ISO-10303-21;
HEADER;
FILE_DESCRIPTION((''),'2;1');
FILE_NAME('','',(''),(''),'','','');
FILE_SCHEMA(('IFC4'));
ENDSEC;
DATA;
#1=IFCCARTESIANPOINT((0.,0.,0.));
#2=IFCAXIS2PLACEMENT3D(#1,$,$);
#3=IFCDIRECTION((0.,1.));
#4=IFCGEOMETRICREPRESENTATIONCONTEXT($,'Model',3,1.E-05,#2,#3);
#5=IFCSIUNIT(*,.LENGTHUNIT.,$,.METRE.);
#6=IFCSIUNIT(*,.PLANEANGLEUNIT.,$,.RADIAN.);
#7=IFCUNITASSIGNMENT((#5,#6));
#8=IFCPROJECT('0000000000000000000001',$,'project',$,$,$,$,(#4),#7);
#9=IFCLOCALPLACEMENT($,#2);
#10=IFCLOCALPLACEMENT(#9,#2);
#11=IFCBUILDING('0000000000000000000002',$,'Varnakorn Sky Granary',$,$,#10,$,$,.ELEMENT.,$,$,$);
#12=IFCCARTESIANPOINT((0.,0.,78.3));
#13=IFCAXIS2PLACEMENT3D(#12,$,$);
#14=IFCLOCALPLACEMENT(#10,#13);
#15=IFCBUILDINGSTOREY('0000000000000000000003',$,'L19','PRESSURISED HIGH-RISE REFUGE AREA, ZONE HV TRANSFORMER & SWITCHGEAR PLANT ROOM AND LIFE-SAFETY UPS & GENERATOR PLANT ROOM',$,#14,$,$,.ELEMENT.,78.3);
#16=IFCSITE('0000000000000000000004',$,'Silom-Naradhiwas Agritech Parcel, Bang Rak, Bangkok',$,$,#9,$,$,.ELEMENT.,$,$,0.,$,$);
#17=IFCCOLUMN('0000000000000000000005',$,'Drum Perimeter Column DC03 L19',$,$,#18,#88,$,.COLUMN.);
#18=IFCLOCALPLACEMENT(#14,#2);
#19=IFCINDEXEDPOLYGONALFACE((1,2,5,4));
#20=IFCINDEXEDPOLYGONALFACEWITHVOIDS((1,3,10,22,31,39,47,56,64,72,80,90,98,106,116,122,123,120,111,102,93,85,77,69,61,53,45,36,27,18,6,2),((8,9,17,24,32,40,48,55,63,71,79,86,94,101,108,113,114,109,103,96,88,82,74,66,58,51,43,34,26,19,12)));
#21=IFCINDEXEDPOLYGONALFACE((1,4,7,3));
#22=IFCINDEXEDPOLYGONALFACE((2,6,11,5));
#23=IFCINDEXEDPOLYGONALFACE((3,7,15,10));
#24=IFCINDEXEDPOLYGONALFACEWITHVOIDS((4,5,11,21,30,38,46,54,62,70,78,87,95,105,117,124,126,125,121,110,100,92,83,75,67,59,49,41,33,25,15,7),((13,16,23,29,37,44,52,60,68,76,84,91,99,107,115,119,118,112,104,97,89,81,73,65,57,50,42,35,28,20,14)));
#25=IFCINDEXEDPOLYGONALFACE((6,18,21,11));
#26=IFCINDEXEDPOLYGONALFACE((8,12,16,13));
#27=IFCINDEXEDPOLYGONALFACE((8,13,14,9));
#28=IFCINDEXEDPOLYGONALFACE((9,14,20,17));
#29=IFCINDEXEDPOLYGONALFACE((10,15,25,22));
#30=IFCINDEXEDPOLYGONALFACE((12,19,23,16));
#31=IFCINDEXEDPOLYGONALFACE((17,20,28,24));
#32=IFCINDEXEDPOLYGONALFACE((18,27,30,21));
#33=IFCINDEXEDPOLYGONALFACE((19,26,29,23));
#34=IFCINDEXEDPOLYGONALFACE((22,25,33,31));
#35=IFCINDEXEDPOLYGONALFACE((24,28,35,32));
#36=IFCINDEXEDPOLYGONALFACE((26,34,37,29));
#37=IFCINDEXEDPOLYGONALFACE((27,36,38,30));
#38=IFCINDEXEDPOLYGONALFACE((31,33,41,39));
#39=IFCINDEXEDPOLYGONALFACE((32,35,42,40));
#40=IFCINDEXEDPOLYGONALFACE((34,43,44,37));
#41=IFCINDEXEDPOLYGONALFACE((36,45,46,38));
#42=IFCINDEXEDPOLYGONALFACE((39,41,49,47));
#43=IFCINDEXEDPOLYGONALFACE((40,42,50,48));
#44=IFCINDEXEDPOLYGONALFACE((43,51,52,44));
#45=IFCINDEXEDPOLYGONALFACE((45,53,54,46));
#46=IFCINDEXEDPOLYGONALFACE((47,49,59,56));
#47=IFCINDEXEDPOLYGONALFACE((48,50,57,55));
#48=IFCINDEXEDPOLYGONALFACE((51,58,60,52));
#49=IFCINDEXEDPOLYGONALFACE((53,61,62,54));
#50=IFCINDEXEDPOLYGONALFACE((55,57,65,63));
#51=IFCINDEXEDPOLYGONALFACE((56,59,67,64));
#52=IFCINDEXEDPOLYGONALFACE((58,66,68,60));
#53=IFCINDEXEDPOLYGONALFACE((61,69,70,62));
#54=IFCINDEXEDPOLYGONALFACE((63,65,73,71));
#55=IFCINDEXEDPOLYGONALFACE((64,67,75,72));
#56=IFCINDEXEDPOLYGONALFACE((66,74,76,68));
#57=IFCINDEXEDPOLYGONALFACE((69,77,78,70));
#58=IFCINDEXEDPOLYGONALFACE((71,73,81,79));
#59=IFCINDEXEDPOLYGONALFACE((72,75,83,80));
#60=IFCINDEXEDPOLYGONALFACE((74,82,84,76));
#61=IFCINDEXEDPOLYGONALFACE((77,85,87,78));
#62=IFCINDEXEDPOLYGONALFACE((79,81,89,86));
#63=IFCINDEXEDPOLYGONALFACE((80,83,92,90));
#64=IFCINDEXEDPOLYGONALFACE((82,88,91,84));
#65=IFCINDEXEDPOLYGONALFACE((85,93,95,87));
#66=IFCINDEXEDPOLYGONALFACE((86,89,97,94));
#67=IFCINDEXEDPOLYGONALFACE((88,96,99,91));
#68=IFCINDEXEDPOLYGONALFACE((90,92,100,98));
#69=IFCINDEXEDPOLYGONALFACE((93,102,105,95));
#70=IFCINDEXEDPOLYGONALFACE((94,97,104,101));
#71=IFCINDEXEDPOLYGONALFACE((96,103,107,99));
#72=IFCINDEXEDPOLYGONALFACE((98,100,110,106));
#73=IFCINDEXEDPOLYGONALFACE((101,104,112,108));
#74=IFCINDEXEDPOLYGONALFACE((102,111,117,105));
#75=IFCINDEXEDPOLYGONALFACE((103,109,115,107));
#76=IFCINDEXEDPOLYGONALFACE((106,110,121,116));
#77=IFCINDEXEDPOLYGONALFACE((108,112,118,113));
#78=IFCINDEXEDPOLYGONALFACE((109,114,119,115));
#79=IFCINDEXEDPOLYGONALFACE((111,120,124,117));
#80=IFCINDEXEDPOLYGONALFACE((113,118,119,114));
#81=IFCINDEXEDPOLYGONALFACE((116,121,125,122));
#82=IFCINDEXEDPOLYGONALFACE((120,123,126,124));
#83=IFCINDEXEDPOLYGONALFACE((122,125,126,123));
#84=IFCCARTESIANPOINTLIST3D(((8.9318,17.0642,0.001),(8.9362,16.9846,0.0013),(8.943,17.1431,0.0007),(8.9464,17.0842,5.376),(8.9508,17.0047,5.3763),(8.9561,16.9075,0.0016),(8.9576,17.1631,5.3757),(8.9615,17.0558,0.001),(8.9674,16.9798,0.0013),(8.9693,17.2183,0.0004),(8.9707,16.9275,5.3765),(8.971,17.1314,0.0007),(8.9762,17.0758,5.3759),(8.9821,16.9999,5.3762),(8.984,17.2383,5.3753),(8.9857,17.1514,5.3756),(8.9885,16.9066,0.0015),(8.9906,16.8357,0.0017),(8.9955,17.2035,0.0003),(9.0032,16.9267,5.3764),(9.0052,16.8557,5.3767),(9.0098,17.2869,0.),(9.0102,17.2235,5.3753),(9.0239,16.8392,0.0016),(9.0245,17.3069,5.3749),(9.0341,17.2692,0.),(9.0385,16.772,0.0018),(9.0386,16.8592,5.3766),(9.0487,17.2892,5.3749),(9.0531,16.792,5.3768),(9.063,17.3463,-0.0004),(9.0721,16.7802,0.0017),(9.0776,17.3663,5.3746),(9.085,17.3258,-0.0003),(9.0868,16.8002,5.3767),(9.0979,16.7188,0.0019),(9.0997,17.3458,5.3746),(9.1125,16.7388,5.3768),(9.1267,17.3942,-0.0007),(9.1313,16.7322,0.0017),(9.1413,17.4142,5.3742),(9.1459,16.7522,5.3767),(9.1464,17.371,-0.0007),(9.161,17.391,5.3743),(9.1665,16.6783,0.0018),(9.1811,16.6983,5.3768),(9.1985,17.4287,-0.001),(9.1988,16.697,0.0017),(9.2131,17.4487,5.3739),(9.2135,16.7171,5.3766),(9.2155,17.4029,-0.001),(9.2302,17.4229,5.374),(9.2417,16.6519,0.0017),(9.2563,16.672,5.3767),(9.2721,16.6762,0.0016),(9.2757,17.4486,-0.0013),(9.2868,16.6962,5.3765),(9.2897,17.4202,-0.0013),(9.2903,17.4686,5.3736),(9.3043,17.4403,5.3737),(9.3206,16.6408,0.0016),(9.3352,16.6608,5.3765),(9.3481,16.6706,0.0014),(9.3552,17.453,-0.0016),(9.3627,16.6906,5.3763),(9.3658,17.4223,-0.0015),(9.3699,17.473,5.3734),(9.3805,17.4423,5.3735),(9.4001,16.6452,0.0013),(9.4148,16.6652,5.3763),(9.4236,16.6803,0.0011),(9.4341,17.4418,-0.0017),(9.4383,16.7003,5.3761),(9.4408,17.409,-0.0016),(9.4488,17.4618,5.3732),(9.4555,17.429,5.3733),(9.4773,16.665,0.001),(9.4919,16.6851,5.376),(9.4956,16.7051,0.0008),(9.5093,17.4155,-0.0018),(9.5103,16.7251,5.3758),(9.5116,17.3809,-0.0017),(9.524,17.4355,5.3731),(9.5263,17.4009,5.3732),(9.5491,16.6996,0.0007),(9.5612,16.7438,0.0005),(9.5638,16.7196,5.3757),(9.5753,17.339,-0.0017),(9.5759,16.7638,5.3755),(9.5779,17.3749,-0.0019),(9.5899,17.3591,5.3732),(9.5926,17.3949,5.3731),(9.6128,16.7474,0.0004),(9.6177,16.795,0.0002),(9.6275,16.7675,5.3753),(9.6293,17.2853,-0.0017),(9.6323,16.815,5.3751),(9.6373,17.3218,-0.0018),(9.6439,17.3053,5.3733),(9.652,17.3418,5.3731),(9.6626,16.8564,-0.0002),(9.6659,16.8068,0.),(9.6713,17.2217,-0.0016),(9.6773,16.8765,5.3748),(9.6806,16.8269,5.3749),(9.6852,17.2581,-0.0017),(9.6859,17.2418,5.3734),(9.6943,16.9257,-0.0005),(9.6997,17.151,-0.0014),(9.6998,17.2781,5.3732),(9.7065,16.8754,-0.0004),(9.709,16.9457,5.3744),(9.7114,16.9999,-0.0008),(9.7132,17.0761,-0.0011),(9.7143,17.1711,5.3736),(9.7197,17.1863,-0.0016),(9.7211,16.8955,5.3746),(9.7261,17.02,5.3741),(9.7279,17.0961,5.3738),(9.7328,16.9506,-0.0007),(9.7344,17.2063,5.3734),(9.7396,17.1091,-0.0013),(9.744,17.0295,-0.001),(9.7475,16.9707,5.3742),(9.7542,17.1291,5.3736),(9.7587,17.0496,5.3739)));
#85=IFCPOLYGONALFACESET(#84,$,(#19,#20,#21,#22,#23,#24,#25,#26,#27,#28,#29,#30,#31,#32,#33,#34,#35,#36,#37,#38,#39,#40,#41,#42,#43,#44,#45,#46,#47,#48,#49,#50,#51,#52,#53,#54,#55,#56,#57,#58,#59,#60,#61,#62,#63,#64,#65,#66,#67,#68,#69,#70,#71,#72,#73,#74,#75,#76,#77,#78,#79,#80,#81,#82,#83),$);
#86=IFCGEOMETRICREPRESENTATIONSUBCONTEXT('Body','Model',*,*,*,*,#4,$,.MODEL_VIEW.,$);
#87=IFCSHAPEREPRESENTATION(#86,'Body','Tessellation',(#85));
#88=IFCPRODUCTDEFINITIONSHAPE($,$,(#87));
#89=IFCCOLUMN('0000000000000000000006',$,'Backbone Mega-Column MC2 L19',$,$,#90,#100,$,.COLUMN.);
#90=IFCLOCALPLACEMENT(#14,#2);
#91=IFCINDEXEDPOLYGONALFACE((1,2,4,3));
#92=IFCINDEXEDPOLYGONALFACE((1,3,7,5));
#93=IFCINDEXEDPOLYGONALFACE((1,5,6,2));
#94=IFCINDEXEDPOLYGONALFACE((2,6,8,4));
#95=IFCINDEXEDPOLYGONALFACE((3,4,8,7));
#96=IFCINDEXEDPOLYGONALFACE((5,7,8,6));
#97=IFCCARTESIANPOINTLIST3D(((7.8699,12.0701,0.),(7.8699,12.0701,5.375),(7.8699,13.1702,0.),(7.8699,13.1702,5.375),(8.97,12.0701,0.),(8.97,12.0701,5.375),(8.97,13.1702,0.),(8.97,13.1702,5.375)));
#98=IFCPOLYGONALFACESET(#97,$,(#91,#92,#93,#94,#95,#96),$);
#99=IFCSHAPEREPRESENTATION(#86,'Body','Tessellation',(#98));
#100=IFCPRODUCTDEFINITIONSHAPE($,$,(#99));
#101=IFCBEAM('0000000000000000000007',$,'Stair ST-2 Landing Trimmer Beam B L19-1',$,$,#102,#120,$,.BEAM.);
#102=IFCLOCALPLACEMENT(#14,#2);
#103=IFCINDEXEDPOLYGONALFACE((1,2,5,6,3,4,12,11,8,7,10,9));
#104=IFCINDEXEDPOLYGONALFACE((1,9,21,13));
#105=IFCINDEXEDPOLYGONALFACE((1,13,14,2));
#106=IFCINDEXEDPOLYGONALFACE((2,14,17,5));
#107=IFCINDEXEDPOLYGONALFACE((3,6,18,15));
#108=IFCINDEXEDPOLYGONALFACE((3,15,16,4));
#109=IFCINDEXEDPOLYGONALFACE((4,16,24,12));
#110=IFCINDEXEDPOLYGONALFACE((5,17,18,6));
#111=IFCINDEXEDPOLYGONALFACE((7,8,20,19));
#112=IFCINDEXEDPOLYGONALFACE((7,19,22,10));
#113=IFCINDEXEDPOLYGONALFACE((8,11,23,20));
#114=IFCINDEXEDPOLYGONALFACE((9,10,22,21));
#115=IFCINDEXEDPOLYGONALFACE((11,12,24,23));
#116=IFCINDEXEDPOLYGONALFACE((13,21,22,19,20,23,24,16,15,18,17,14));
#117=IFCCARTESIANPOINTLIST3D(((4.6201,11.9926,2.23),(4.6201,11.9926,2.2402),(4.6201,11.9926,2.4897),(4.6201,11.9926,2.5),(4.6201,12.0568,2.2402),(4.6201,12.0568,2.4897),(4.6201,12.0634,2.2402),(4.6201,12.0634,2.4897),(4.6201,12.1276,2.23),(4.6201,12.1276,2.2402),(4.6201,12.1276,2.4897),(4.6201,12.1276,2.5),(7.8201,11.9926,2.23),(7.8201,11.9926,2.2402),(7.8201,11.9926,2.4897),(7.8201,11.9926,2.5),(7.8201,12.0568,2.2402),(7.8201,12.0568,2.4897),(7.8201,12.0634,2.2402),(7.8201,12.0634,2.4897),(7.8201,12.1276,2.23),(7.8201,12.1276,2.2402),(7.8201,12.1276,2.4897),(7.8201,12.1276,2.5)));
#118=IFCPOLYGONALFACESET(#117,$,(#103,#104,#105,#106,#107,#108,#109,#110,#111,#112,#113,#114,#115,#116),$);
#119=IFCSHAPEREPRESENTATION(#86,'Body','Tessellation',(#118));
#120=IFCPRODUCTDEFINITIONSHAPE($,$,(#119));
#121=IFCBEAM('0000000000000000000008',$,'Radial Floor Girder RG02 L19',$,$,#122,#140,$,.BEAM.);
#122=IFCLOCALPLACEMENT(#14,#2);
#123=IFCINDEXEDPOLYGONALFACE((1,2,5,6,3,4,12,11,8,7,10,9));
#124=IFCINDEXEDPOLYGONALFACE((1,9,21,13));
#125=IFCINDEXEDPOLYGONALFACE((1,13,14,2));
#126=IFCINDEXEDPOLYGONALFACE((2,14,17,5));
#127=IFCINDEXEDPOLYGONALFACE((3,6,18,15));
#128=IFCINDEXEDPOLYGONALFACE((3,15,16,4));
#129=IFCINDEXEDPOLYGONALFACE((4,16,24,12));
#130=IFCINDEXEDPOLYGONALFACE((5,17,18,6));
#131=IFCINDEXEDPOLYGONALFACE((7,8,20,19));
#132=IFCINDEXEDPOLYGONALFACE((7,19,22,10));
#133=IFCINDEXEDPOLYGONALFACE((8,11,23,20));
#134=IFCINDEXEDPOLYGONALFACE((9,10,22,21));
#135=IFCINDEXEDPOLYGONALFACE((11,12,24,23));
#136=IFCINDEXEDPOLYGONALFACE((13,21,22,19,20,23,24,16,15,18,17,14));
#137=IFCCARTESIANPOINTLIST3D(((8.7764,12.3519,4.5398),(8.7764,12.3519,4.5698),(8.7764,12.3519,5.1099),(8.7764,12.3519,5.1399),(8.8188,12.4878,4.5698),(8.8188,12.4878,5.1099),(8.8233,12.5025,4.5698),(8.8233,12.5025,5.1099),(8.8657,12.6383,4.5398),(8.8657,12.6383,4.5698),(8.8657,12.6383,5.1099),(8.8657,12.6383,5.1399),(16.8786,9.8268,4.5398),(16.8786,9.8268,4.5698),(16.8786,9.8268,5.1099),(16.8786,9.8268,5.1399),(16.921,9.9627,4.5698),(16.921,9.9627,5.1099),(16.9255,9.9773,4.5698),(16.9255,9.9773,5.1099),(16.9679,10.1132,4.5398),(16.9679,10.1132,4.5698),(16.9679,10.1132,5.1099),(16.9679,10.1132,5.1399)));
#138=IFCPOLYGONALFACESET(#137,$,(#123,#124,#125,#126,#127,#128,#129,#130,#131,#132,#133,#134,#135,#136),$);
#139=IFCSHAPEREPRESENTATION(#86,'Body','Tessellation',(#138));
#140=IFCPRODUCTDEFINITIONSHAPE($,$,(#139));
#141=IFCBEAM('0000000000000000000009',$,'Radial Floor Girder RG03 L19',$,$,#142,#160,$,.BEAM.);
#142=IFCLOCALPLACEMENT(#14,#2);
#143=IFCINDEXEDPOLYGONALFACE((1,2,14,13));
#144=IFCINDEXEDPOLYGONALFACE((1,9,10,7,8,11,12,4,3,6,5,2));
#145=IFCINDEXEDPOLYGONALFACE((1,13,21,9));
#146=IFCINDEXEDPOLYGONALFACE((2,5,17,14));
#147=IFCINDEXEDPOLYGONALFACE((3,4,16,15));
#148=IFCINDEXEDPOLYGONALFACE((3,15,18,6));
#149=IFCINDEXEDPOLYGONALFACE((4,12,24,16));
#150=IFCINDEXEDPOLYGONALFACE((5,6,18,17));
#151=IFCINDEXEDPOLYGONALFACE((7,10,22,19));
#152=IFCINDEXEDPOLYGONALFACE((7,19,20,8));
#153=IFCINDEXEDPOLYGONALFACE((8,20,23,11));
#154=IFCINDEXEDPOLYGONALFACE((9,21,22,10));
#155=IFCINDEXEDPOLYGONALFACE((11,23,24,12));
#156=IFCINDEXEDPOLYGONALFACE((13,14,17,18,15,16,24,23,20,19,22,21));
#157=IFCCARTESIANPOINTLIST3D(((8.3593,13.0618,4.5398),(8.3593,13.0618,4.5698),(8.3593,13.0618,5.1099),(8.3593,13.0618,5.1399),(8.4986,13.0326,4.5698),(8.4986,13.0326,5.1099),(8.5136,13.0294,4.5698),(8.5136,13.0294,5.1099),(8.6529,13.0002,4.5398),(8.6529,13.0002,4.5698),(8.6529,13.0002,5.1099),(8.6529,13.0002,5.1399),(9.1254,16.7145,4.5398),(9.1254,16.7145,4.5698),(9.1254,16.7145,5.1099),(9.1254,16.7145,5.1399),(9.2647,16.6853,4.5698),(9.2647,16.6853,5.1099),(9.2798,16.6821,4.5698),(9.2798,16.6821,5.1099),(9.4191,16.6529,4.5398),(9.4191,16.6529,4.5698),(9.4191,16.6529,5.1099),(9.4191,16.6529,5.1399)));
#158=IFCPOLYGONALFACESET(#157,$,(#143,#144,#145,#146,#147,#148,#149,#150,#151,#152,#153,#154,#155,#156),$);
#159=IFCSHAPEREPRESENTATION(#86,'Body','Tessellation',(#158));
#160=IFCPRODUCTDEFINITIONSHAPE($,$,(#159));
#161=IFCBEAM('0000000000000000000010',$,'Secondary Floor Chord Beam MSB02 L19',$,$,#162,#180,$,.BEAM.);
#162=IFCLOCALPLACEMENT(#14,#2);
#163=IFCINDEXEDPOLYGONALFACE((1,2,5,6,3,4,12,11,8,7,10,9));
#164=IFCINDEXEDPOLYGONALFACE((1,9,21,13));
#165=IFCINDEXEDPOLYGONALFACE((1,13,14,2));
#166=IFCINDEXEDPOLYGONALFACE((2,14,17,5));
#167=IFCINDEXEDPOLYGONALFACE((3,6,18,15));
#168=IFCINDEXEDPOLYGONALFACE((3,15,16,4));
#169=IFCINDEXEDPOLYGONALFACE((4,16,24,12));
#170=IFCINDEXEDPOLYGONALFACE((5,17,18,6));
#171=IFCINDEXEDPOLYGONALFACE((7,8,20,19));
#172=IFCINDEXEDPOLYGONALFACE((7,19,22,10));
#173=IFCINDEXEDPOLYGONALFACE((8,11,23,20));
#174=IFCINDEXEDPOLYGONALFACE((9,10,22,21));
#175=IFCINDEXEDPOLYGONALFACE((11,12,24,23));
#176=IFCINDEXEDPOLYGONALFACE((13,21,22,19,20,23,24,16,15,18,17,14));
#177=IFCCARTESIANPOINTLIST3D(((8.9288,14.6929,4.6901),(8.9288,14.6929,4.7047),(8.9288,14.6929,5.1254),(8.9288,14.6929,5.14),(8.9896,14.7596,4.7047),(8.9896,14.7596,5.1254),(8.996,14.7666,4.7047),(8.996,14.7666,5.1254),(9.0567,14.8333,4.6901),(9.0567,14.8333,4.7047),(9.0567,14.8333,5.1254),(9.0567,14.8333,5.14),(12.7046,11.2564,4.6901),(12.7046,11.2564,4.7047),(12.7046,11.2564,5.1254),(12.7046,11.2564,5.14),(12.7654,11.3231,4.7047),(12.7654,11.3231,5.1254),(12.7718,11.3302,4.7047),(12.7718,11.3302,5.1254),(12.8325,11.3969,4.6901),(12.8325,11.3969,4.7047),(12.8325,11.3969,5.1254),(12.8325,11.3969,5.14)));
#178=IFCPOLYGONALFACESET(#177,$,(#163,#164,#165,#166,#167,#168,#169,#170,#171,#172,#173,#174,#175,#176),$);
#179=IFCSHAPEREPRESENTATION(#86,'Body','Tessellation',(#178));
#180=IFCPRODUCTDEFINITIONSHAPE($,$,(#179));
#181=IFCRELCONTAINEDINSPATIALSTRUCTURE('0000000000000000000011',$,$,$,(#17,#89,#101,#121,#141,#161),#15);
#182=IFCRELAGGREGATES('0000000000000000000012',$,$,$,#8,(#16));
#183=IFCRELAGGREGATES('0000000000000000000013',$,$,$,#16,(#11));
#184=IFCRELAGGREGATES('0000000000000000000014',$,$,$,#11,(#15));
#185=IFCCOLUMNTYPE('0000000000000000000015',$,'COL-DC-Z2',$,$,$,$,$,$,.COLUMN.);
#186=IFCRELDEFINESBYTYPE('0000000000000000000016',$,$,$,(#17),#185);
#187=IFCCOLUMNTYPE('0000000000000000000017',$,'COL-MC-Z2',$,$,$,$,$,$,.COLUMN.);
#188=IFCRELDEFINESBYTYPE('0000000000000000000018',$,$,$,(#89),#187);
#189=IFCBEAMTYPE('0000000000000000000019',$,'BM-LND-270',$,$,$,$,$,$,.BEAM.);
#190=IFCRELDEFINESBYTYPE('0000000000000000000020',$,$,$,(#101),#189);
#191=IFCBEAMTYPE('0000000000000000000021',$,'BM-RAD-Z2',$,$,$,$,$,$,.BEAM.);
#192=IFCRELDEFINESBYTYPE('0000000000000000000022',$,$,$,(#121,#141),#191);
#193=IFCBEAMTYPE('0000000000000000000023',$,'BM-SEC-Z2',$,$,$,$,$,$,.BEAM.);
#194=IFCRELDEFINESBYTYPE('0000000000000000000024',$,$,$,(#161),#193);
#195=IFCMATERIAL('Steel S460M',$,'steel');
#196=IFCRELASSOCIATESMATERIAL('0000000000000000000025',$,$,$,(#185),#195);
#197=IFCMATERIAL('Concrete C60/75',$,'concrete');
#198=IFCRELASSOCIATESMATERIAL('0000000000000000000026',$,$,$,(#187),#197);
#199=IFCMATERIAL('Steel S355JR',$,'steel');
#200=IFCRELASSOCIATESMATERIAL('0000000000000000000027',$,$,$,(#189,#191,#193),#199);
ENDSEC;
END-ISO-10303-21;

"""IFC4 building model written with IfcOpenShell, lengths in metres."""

from ifc_helpers import new_model, si_unit, direction, frame, origin, origin_2d, place, context, subcontext, project, spatial, rectangle, hollow_circle, i_section, extrude, material, material_profile, profile_set, type_object, element, save


model = new_model("IFC4")

# Units and contexts
model_context = context("Model", 3, precision=1e-05, world=origin(), true_north=direction((0.0, 1.0)))
body_context = subcontext(model_context, "Body", "Model", "MODEL_VIEW")
ifc_project = project(units=[si_unit("LENGTHUNIT", "METRE"), si_unit("PLANEANGLEUNIT", "RADIAN")], contexts=[model_context])

# Site, building, storey
site_placement = place(None, origin())
site = spatial("IfcSite", under=ifc_project, at=site_placement, Name="Silom-Naradhiwas Agritech Parcel, Bang Rak, Bangkok", CompositionType="ELEMENT", RefElevation=0.0)
building_placement = place(site_placement, origin())
building = spatial("IfcBuilding", under=site, at=building_placement, Name="Varnakorn Sky Granary", CompositionType="ELEMENT")
storey_placement = place(building_placement, frame((0.0, 0.0, 78.3)))
storey = spatial("IfcBuildingStorey", under=building, at=storey_placement, Name="L19", Description="PRESSURISED HIGH-RISE REFUGE AREA, ZONE HV TRANSFORMER & SWITCHGEAR PLANT ROOM AND LIFE-SAFETY UPS & GENERATOR PLANT ROOM", CompositionType="ELEMENT", Elevation=78.3)

# Columns
ifc_material_1 = material(Name="Steel S460M", Category="steel")
ifc_material_profile_1 = material_profile(ifc_material_1, hollow_circle(Radius=0.4065, WallThickness=0.03, at=origin_2d()), Name="CHS 813x30")
ifc_profile_set_1 = profile_set([ifc_material_profile_1], Name="Steel S460M")
column_type_1 = type_object("IfcColumnType", Name="COL-DC-Z2", PredefinedType="COLUMN", material=ifc_profile_set_1)
column_1_placement = place(storey_placement, frame((9.3379, 17.0469, 0.0), z_axis=(0.002725, 0.003725, 0.999989), x_axis=(-0.80703, 0.59051, 0.0)))
element("IfcColumn", 1, at=column_1_placement, inside=storey, type_object=column_type_1, Name="Drum Perimeter Column DC03 L19", PredefinedType="COLUMN", context=body_context, shape_type="SweptSolid", body=[
    extrude(hollow_circle(Radius=0.4065, WallThickness=0.03, at=origin_2d()), origin(), (0.0, 0.0, 1.0), 5.375),
])
ifc_material_2 = material(Name="Concrete C60/75", Category="concrete")
ifc_material_profile_2 = material_profile(ifc_material_2, rectangle(XDim=1.1001, YDim=1.1001, at=origin_2d()), Name="RC 1100x1100")
ifc_profile_set_2 = profile_set([ifc_material_profile_2], Name="Concrete C60/75")
column_type_2 = type_object("IfcColumnType", Name="COL-MC-Z2", PredefinedType="COLUMN", material=ifc_profile_set_2)
column_2_placement = place(storey_placement, frame((8.4199, 12.6201, 0.0), z_axis=(0.0, 0.0, 1.0), x_axis=(1.0, 0.0, 0.0)))
element("IfcColumn", 2, at=column_2_placement, inside=storey, type_object=column_type_2, Name="Backbone Mega-Column MC2 L19", PredefinedType="COLUMN", context=body_context, shape_type="SweptSolid", body=[
    extrude(rectangle(XDim=1.1001, YDim=1.1001, at=origin_2d()), origin(), (0.0, 0.0, 1.0), 5.375),
])

# Beams
ifc_material_3 = material(Name="Steel S355JR", Category="steel")
ifc_material_profile_3 = material_profile(ifc_material_3, i_section(OverallWidth=0.135, OverallDepth=0.27, WebThickness=0.0066, FlangeThickness=0.0103, at=origin_2d()), Name="IPE 270")
ifc_profile_set_3 = profile_set([ifc_material_profile_3], Name="Steel S355JR")
beam_type_1 = type_object("IfcBeamType", Name="BM-LND-270", PredefinedType="BEAM", material=ifc_profile_set_3)
beam_1_placement = place(storey_placement, frame((4.6201, 12.0601, 2.365), z_axis=(1.0, 0.0, 0.0), x_axis=(0.0, 1.0, 0.0)))
element("IfcBeam", 3, at=beam_1_placement, inside=storey, type_object=beam_type_1, Name="Stair ST-2 Landing Trimmer Beam B L19-1", PredefinedType="BEAM", context=body_context, shape_type="SweptSolid", body=[
    extrude(i_section(OverallWidth=0.135, OverallDepth=0.27, WebThickness=0.0066, FlangeThickness=0.0103, at=origin_2d()), origin(), (0.0, 0.0, 1.0), 3.2),
])
ifc_material_profile_4 = material_profile(ifc_material_3, i_section(OverallWidth=0.3, OverallDepth=0.6001, WebThickness=0.0154, FlangeThickness=0.03, at=origin_2d()), Name="HE 600 B")
ifc_profile_set_4 = profile_set([ifc_material_profile_4], Name="Steel S355JR")
beam_type_2 = type_object("IfcBeamType", Name="BM-RAD-Z2", PredefinedType="BEAM", material=ifc_profile_set_4)
beam_2_placement = place(storey_placement, frame((8.821, 12.4951, 4.8398), z_axis=(0.954709, -0.297543, 0.0), x_axis=(0.297543, 0.954709, 0.0)))
element("IfcBeam", 4, at=beam_2_placement, inside=storey, type_object=beam_type_2, Name="Radial Floor Girder RG02 L19", PredefinedType="BEAM", context=body_context, shape_type="SweptSolid", body=[
    extrude(i_section(OverallWidth=0.3, OverallDepth=0.6001, WebThickness=0.0154, FlangeThickness=0.03, at=origin_2d()), origin(), (0.0, 0.0, 1.0), 8.4866),
])
beam_3_placement = place(storey_placement, frame((8.5061, 13.031, 4.8398), z_axis=(0.205279, 0.978704, 0.0), x_axis=(-0.978704, 0.205279, 0.0)))
element("IfcBeam", 5, at=beam_3_placement, inside=storey, type_object=beam_type_2, Name="Radial Floor Girder RG03 L19", PredefinedType="BEAM", context=body_context, shape_type="SweptSolid", body=[
    extrude(i_section(OverallWidth=0.3, OverallDepth=0.6001, WebThickness=0.0154, FlangeThickness=0.03, at=origin_2d()), origin(), (0.0, 0.0, 1.0), 3.7322),
])
ifc_material_profile_5 = material_profile(ifc_material_3, i_section(OverallWidth=0.1899, OverallDepth=0.45, WebThickness=0.0095, FlangeThickness=0.0146, at=origin_2d()), Name="IPE 450")
ifc_profile_set_5 = profile_set([ifc_material_profile_5], Name="Steel S355JR")
beam_type_3 = type_object("IfcBeamType", Name="BM-SEC-Z2", PredefinedType="BEAM", material=ifc_profile_set_5)
beam_4_placement = place(storey_placement, frame((12.7686, 11.3267, 4.915), z_axis=(-0.739559, 0.673092, 0.0), x_axis=(-0.673092, -0.739559, 0.0)))
element("IfcBeam", 6, at=beam_4_placement, inside=storey, type_object=beam_type_3, Name="Secondary Floor Chord Beam MSB02 L19", PredefinedType="BEAM", context=body_context, shape_type="SweptSolid", body=[
    extrude(i_section(OverallWidth=0.1899, OverallDepth=0.45, WebThickness=0.0095, FlangeThickness=0.0146, at=origin_2d()), origin(), (0.0, 0.0, 1.0), 5.1055),
])

save(model, "model.ifc")
